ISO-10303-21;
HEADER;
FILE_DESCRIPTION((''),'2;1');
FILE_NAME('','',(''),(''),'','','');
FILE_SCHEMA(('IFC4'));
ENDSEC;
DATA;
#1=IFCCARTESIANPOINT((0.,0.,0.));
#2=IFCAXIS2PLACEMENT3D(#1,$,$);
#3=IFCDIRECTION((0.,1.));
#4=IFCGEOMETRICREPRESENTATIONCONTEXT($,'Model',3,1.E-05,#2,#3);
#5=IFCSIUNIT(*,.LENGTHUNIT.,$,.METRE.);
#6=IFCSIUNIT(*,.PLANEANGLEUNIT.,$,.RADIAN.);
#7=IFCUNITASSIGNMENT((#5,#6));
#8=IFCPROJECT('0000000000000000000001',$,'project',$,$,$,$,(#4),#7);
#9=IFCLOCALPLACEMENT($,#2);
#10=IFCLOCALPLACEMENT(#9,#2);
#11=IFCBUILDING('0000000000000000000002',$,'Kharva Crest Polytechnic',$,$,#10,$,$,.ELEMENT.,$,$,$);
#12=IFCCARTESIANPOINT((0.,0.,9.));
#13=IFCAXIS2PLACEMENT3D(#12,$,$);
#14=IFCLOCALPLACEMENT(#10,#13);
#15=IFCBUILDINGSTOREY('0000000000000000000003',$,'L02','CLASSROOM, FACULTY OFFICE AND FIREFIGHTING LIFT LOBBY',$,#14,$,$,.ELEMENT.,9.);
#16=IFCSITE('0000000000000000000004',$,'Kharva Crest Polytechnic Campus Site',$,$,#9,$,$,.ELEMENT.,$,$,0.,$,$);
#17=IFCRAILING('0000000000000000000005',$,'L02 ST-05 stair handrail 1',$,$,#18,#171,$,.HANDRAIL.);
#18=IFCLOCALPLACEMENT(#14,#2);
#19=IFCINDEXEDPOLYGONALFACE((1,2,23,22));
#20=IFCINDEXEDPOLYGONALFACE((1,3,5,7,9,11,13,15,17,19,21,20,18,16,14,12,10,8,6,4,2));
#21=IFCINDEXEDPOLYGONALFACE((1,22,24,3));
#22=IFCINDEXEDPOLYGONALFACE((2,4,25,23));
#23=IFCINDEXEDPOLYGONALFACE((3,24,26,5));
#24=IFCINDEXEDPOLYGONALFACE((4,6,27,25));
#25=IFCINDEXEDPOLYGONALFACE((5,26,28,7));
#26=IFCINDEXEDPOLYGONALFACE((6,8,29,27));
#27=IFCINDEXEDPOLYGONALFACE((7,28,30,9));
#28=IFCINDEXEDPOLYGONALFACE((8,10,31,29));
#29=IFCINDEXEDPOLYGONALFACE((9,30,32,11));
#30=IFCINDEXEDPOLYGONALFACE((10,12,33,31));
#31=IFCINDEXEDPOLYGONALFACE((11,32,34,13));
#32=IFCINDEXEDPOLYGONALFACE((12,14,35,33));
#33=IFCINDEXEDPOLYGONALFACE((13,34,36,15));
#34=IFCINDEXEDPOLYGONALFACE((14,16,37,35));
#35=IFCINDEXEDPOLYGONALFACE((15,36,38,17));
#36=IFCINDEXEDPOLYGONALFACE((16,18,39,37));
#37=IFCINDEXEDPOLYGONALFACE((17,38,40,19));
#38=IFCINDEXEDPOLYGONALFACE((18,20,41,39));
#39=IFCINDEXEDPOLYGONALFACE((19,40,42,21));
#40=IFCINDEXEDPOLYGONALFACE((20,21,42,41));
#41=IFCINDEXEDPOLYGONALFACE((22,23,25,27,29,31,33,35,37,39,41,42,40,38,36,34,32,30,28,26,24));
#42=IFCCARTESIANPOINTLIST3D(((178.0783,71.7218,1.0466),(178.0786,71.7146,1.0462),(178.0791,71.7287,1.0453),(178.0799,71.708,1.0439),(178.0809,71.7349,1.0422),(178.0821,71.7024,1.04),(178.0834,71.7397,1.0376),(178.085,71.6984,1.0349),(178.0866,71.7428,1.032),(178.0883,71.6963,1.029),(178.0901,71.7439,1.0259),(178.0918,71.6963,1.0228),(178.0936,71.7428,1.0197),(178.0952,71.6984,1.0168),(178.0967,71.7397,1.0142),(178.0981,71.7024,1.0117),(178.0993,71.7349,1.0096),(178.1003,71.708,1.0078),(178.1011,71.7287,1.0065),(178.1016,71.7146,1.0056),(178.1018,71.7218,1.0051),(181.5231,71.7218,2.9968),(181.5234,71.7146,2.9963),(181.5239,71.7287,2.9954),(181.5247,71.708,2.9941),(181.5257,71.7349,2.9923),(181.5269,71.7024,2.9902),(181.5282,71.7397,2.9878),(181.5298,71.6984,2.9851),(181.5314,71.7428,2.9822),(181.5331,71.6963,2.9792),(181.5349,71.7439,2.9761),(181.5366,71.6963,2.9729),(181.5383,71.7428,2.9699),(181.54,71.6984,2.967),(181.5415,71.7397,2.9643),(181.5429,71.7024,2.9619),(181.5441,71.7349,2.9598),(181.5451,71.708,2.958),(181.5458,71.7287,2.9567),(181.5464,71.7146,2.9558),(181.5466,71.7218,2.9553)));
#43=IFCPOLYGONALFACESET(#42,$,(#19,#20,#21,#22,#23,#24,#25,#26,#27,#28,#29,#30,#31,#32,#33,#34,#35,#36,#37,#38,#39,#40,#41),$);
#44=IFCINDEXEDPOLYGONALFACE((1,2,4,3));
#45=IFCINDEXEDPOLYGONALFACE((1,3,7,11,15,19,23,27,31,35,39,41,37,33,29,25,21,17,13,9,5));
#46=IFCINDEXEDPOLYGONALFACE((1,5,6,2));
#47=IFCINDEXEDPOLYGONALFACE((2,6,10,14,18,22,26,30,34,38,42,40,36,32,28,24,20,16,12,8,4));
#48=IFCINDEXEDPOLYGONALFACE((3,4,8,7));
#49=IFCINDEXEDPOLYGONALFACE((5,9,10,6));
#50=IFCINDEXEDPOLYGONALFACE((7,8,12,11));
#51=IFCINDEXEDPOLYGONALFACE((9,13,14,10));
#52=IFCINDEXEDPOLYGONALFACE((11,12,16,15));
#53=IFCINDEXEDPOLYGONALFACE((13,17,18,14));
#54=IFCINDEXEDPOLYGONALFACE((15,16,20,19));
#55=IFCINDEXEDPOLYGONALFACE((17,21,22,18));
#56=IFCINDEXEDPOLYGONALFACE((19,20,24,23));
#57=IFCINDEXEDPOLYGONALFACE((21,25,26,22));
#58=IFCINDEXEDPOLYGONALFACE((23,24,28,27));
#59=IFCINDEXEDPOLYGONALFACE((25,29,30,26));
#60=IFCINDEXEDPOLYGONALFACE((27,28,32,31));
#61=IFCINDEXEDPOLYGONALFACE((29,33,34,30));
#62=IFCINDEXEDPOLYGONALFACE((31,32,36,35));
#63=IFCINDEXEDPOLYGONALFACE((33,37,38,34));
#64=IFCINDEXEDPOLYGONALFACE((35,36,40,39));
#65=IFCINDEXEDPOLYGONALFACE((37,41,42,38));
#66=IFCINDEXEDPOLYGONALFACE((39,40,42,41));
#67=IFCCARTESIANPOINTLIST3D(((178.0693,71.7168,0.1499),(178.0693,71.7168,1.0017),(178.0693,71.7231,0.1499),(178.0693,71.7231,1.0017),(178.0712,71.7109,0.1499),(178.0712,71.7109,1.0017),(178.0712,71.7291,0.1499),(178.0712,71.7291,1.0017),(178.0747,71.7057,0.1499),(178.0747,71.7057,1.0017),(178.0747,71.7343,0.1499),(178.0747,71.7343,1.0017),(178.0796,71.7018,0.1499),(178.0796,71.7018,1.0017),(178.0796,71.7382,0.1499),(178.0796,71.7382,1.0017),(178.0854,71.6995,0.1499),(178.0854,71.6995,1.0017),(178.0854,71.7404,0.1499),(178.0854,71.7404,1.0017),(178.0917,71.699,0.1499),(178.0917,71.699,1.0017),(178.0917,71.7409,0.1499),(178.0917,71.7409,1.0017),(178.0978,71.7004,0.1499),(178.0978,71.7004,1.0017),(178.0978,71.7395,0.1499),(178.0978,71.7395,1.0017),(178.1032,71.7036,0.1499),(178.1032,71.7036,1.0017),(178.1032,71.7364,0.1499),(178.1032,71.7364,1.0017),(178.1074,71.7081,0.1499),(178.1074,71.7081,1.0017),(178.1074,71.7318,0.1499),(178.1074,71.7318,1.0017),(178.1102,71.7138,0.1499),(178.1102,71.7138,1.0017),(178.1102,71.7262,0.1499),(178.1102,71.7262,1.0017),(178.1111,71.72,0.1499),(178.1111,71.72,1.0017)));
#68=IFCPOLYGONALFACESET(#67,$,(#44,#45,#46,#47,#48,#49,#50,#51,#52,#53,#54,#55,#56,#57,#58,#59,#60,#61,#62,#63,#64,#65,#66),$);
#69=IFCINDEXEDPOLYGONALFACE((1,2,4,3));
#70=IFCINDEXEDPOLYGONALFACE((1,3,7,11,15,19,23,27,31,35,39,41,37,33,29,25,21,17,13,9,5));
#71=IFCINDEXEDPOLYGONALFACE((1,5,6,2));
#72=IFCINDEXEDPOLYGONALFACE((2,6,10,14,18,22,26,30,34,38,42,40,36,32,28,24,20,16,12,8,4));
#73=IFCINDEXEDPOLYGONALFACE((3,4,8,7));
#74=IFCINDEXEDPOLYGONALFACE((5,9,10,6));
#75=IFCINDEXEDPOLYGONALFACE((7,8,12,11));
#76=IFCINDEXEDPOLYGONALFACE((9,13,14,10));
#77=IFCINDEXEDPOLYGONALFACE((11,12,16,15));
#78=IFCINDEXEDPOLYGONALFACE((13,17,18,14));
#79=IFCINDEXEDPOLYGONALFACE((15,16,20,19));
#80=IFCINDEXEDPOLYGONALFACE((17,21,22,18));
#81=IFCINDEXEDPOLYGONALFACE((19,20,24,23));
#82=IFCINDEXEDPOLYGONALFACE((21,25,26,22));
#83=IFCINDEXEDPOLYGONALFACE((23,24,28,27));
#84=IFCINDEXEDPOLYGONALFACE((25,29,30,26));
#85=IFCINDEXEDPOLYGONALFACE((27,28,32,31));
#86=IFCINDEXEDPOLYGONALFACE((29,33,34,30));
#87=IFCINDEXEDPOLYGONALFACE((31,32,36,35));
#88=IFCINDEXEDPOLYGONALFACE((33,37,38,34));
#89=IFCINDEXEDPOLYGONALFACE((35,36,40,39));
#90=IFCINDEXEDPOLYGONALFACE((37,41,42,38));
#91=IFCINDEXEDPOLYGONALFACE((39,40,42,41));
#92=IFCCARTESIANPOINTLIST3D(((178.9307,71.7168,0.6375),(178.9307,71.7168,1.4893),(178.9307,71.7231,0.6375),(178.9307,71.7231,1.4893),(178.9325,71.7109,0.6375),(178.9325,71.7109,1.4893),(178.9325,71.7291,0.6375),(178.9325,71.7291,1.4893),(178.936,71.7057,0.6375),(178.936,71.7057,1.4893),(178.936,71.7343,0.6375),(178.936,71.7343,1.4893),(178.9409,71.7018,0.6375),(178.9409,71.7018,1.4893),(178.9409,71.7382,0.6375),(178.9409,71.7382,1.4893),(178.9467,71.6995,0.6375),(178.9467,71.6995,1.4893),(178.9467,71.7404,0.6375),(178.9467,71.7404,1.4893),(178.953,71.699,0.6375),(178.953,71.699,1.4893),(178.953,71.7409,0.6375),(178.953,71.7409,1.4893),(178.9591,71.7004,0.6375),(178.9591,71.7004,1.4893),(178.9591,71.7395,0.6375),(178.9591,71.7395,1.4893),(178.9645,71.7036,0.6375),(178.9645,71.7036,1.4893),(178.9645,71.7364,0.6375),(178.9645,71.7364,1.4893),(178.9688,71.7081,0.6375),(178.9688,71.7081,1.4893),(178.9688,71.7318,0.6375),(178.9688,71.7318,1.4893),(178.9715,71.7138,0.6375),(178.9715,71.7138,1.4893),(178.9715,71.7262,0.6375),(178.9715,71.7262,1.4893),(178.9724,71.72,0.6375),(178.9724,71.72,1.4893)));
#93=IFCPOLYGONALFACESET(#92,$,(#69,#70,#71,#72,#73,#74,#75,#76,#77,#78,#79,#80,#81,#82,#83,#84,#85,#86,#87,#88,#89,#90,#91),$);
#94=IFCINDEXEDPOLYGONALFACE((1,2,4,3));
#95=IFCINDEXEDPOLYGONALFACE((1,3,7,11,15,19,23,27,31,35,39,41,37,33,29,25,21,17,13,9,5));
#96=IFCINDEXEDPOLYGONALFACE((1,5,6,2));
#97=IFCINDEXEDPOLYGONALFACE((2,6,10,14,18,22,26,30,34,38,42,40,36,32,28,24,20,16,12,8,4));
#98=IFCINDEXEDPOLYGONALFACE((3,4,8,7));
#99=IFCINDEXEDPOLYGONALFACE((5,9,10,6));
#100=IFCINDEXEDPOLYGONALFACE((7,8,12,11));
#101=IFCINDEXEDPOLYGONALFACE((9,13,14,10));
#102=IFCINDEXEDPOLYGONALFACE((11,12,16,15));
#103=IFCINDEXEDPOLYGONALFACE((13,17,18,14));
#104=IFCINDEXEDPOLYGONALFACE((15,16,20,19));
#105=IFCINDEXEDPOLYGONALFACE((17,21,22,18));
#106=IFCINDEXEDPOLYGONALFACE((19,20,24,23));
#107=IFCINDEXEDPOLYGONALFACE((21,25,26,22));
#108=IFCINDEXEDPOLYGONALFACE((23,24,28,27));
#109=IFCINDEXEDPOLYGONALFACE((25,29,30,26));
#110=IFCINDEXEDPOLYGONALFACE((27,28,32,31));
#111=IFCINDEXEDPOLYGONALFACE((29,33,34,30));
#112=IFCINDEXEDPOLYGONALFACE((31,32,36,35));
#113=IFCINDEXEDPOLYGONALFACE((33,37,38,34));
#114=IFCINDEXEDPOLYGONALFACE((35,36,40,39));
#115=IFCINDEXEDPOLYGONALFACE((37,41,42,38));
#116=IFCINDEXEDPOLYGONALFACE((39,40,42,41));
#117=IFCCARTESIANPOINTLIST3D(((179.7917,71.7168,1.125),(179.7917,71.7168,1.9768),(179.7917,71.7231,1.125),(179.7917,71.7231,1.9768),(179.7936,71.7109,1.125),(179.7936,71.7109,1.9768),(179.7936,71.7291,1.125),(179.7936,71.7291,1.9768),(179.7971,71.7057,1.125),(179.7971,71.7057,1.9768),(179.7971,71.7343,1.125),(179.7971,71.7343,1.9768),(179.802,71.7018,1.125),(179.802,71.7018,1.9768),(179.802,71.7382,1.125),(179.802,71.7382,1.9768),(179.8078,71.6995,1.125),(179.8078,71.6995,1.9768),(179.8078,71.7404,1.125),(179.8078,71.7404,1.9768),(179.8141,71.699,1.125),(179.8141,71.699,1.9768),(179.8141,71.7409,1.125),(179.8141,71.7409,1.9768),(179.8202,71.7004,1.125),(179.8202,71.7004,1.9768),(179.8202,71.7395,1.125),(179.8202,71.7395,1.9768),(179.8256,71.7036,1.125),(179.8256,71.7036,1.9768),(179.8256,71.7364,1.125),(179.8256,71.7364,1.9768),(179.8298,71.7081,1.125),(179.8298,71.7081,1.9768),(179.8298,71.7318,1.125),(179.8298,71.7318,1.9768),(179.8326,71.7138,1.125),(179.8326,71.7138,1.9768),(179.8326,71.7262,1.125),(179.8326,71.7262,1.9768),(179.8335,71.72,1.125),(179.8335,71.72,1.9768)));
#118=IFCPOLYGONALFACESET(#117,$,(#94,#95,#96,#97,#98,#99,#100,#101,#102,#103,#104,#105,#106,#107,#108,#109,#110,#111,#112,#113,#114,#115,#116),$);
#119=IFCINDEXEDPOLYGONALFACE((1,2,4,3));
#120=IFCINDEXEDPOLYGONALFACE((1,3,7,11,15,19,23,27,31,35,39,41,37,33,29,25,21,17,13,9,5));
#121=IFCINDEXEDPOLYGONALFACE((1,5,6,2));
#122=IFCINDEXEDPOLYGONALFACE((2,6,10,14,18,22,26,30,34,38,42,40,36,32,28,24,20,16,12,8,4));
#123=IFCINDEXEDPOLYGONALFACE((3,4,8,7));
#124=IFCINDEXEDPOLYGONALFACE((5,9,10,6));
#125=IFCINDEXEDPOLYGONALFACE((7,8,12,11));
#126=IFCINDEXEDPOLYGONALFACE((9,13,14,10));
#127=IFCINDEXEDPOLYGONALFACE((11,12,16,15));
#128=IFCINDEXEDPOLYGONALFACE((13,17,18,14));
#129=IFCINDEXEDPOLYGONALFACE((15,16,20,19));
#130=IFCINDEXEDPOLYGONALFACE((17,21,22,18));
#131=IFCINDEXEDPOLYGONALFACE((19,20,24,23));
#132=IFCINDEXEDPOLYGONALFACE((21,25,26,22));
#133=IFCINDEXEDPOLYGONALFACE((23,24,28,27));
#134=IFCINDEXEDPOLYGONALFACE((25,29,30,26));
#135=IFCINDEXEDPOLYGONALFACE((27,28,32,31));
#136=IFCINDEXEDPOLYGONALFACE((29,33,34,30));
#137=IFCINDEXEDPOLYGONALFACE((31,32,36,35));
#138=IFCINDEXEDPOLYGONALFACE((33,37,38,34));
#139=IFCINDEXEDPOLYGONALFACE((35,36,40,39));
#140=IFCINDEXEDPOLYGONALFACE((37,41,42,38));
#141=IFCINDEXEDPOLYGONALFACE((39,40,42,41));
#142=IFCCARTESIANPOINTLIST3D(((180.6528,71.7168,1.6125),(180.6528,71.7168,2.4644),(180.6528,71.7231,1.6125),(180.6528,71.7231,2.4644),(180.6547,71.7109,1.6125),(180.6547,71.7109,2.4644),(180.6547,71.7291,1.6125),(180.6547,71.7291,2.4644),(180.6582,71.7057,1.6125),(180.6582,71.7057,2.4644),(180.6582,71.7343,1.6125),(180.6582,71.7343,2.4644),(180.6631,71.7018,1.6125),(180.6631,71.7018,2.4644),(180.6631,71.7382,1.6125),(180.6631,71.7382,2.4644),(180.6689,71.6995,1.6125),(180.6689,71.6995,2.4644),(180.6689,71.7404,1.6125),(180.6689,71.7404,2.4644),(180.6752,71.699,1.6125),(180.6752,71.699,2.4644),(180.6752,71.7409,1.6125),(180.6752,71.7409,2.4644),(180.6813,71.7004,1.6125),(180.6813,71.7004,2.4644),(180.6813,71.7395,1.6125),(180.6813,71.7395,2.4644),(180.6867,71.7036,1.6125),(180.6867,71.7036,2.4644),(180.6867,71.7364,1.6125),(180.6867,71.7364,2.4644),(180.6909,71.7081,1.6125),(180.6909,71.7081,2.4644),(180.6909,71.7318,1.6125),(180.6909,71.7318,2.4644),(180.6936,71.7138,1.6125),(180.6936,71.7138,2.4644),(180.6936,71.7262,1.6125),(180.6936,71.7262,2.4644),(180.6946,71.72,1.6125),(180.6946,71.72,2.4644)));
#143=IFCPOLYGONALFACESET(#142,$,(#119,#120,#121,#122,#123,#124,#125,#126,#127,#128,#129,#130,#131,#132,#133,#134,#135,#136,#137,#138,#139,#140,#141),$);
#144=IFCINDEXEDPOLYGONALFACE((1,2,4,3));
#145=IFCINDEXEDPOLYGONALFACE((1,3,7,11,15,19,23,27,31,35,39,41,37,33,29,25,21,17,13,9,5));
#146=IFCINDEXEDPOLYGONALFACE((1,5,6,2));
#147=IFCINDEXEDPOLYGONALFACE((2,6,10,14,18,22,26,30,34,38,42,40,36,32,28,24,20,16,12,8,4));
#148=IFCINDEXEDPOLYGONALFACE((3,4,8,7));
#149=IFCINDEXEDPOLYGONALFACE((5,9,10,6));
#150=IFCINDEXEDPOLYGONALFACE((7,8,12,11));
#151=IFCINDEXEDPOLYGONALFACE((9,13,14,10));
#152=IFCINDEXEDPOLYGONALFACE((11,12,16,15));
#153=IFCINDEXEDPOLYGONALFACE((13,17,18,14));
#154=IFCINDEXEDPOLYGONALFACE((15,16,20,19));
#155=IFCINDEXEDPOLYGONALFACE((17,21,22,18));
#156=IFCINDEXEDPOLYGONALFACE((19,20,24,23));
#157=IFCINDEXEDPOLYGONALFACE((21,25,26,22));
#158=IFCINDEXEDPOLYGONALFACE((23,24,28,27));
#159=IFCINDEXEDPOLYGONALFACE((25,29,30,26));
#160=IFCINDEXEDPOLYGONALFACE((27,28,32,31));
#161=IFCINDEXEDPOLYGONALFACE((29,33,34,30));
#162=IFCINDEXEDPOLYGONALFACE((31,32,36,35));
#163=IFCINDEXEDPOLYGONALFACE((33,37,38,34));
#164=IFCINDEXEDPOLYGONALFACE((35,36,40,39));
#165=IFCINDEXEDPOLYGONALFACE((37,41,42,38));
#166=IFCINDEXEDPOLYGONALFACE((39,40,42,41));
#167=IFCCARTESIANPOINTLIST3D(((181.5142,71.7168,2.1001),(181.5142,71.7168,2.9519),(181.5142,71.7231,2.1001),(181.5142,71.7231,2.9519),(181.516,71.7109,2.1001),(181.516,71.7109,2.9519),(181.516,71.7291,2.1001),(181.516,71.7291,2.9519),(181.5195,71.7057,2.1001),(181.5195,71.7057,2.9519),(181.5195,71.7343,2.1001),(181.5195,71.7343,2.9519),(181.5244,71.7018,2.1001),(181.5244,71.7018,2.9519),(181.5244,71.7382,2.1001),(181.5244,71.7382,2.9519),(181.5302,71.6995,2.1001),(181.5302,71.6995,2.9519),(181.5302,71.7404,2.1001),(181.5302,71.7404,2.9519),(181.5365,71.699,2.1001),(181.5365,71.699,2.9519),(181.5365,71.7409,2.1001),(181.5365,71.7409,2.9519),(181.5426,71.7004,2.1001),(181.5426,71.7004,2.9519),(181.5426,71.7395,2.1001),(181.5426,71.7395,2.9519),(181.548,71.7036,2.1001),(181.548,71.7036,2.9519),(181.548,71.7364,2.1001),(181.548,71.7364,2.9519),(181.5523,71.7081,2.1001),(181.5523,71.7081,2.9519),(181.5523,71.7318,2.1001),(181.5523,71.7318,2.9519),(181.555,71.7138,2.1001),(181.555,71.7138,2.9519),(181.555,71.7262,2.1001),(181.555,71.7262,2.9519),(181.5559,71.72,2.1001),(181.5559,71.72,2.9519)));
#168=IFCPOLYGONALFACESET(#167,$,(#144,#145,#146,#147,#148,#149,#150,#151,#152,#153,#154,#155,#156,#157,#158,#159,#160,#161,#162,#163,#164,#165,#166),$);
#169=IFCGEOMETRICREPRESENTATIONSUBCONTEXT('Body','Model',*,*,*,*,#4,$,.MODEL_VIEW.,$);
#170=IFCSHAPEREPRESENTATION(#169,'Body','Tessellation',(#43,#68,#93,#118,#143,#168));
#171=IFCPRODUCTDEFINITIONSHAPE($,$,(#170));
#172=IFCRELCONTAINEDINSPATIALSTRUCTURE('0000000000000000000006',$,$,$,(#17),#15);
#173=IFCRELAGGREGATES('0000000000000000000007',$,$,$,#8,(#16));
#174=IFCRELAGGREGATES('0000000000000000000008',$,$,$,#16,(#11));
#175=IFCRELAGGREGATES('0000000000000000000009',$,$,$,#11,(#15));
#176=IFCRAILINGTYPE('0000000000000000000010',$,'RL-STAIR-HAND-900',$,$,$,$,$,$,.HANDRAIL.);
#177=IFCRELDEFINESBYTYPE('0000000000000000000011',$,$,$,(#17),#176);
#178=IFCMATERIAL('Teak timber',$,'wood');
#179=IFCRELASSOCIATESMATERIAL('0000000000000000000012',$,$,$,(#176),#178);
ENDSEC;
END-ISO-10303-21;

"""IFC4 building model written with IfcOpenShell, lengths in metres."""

from ifc_helpers import new_model, si_unit, direction, frame, origin, origin_2d, place, context, subcontext, project, spatial, circle, extrude, material, type_object, element, save


model = new_model("IFC4")

# Units and contexts
model_context = context("Model", 3, precision=1e-05, world=origin(), true_north=direction((0.0, 1.0)))
body_context = subcontext(model_context, "Body", "Model", "MODEL_VIEW")
ifc_project = project(units=[si_unit("LENGTHUNIT", "METRE"), si_unit("PLANEANGLEUNIT", "RADIAN")], contexts=[model_context])

# Site, building, storey
site_placement = place(None, origin())
site = spatial("IfcSite", under=ifc_project, at=site_placement, Name="Kharva Crest Polytechnic Campus Site", CompositionType="ELEMENT", RefElevation=0.0)
building_placement = place(site_placement, origin())
building = spatial("IfcBuilding", under=site, at=building_placement, Name="Kharva Crest Polytechnic", CompositionType="ELEMENT")
storey_placement = place(building_placement, frame((0.0, 0.0, 9.0)))
storey = spatial("IfcBuildingStorey", under=building, at=storey_placement, Name="L02", Description="CLASSROOM, FACULTY OFFICE AND FIREFIGHTING LIFT LOBBY", CompositionType="ELEMENT", Elevation=9.0)

# Shared definitions
ifc_material_1 = material(Name="Teak timber", Category="wood")

# Railing
railing_type_1 = type_object("IfcRailingType", Name="RL-STAIR-HAND-900", PredefinedType="HANDRAIL", material=ifc_material_1)
railing_1_placement = place(storey_placement, frame((178.0901, 71.72, 0.1499)))
element("IfcRailing", 1, at=railing_1_placement, inside=storey, type_object=railing_type_1, Name="L02 ST-05 stair handrail 1", PredefinedType="HANDRAIL", context=body_context, shape_type="SweptSolid", body=[
    extrude(circle(Radius=0.0239, at=origin_2d()), frame((0.0, 0.0, 0.876), z_axis=(0.870225, 0.0, 0.492655), x_axis=(0.0, 1.0, 0.0)), (0.0, 0.0, 1.0), 3.9585),
    extrude(circle(Radius=0.021, at=origin_2d()), origin(), (0.0, 0.0, 1.0), 0.8518),
    extrude(circle(Radius=0.021, at=origin_2d()), frame((0.8613, 0.0, 0.4875)), (0.0, 0.0, 1.0), 0.8518),
    extrude(circle(Radius=0.021, at=origin_2d()), frame((1.7224, 0.0, 0.9751)), (0.0, 0.0, 1.0), 0.8518),
    extrude(circle(Radius=0.021, at=origin_2d()), frame((2.5835, 0.0, 1.4626)), (0.0, 0.0, 1.0), 0.8518),
    extrude(circle(Radius=0.021, at=origin_2d()), frame((3.4448, 0.0, 1.9502)), (0.0, 0.0, 1.0), 0.8518),
])

save(model, "model.ifc")
